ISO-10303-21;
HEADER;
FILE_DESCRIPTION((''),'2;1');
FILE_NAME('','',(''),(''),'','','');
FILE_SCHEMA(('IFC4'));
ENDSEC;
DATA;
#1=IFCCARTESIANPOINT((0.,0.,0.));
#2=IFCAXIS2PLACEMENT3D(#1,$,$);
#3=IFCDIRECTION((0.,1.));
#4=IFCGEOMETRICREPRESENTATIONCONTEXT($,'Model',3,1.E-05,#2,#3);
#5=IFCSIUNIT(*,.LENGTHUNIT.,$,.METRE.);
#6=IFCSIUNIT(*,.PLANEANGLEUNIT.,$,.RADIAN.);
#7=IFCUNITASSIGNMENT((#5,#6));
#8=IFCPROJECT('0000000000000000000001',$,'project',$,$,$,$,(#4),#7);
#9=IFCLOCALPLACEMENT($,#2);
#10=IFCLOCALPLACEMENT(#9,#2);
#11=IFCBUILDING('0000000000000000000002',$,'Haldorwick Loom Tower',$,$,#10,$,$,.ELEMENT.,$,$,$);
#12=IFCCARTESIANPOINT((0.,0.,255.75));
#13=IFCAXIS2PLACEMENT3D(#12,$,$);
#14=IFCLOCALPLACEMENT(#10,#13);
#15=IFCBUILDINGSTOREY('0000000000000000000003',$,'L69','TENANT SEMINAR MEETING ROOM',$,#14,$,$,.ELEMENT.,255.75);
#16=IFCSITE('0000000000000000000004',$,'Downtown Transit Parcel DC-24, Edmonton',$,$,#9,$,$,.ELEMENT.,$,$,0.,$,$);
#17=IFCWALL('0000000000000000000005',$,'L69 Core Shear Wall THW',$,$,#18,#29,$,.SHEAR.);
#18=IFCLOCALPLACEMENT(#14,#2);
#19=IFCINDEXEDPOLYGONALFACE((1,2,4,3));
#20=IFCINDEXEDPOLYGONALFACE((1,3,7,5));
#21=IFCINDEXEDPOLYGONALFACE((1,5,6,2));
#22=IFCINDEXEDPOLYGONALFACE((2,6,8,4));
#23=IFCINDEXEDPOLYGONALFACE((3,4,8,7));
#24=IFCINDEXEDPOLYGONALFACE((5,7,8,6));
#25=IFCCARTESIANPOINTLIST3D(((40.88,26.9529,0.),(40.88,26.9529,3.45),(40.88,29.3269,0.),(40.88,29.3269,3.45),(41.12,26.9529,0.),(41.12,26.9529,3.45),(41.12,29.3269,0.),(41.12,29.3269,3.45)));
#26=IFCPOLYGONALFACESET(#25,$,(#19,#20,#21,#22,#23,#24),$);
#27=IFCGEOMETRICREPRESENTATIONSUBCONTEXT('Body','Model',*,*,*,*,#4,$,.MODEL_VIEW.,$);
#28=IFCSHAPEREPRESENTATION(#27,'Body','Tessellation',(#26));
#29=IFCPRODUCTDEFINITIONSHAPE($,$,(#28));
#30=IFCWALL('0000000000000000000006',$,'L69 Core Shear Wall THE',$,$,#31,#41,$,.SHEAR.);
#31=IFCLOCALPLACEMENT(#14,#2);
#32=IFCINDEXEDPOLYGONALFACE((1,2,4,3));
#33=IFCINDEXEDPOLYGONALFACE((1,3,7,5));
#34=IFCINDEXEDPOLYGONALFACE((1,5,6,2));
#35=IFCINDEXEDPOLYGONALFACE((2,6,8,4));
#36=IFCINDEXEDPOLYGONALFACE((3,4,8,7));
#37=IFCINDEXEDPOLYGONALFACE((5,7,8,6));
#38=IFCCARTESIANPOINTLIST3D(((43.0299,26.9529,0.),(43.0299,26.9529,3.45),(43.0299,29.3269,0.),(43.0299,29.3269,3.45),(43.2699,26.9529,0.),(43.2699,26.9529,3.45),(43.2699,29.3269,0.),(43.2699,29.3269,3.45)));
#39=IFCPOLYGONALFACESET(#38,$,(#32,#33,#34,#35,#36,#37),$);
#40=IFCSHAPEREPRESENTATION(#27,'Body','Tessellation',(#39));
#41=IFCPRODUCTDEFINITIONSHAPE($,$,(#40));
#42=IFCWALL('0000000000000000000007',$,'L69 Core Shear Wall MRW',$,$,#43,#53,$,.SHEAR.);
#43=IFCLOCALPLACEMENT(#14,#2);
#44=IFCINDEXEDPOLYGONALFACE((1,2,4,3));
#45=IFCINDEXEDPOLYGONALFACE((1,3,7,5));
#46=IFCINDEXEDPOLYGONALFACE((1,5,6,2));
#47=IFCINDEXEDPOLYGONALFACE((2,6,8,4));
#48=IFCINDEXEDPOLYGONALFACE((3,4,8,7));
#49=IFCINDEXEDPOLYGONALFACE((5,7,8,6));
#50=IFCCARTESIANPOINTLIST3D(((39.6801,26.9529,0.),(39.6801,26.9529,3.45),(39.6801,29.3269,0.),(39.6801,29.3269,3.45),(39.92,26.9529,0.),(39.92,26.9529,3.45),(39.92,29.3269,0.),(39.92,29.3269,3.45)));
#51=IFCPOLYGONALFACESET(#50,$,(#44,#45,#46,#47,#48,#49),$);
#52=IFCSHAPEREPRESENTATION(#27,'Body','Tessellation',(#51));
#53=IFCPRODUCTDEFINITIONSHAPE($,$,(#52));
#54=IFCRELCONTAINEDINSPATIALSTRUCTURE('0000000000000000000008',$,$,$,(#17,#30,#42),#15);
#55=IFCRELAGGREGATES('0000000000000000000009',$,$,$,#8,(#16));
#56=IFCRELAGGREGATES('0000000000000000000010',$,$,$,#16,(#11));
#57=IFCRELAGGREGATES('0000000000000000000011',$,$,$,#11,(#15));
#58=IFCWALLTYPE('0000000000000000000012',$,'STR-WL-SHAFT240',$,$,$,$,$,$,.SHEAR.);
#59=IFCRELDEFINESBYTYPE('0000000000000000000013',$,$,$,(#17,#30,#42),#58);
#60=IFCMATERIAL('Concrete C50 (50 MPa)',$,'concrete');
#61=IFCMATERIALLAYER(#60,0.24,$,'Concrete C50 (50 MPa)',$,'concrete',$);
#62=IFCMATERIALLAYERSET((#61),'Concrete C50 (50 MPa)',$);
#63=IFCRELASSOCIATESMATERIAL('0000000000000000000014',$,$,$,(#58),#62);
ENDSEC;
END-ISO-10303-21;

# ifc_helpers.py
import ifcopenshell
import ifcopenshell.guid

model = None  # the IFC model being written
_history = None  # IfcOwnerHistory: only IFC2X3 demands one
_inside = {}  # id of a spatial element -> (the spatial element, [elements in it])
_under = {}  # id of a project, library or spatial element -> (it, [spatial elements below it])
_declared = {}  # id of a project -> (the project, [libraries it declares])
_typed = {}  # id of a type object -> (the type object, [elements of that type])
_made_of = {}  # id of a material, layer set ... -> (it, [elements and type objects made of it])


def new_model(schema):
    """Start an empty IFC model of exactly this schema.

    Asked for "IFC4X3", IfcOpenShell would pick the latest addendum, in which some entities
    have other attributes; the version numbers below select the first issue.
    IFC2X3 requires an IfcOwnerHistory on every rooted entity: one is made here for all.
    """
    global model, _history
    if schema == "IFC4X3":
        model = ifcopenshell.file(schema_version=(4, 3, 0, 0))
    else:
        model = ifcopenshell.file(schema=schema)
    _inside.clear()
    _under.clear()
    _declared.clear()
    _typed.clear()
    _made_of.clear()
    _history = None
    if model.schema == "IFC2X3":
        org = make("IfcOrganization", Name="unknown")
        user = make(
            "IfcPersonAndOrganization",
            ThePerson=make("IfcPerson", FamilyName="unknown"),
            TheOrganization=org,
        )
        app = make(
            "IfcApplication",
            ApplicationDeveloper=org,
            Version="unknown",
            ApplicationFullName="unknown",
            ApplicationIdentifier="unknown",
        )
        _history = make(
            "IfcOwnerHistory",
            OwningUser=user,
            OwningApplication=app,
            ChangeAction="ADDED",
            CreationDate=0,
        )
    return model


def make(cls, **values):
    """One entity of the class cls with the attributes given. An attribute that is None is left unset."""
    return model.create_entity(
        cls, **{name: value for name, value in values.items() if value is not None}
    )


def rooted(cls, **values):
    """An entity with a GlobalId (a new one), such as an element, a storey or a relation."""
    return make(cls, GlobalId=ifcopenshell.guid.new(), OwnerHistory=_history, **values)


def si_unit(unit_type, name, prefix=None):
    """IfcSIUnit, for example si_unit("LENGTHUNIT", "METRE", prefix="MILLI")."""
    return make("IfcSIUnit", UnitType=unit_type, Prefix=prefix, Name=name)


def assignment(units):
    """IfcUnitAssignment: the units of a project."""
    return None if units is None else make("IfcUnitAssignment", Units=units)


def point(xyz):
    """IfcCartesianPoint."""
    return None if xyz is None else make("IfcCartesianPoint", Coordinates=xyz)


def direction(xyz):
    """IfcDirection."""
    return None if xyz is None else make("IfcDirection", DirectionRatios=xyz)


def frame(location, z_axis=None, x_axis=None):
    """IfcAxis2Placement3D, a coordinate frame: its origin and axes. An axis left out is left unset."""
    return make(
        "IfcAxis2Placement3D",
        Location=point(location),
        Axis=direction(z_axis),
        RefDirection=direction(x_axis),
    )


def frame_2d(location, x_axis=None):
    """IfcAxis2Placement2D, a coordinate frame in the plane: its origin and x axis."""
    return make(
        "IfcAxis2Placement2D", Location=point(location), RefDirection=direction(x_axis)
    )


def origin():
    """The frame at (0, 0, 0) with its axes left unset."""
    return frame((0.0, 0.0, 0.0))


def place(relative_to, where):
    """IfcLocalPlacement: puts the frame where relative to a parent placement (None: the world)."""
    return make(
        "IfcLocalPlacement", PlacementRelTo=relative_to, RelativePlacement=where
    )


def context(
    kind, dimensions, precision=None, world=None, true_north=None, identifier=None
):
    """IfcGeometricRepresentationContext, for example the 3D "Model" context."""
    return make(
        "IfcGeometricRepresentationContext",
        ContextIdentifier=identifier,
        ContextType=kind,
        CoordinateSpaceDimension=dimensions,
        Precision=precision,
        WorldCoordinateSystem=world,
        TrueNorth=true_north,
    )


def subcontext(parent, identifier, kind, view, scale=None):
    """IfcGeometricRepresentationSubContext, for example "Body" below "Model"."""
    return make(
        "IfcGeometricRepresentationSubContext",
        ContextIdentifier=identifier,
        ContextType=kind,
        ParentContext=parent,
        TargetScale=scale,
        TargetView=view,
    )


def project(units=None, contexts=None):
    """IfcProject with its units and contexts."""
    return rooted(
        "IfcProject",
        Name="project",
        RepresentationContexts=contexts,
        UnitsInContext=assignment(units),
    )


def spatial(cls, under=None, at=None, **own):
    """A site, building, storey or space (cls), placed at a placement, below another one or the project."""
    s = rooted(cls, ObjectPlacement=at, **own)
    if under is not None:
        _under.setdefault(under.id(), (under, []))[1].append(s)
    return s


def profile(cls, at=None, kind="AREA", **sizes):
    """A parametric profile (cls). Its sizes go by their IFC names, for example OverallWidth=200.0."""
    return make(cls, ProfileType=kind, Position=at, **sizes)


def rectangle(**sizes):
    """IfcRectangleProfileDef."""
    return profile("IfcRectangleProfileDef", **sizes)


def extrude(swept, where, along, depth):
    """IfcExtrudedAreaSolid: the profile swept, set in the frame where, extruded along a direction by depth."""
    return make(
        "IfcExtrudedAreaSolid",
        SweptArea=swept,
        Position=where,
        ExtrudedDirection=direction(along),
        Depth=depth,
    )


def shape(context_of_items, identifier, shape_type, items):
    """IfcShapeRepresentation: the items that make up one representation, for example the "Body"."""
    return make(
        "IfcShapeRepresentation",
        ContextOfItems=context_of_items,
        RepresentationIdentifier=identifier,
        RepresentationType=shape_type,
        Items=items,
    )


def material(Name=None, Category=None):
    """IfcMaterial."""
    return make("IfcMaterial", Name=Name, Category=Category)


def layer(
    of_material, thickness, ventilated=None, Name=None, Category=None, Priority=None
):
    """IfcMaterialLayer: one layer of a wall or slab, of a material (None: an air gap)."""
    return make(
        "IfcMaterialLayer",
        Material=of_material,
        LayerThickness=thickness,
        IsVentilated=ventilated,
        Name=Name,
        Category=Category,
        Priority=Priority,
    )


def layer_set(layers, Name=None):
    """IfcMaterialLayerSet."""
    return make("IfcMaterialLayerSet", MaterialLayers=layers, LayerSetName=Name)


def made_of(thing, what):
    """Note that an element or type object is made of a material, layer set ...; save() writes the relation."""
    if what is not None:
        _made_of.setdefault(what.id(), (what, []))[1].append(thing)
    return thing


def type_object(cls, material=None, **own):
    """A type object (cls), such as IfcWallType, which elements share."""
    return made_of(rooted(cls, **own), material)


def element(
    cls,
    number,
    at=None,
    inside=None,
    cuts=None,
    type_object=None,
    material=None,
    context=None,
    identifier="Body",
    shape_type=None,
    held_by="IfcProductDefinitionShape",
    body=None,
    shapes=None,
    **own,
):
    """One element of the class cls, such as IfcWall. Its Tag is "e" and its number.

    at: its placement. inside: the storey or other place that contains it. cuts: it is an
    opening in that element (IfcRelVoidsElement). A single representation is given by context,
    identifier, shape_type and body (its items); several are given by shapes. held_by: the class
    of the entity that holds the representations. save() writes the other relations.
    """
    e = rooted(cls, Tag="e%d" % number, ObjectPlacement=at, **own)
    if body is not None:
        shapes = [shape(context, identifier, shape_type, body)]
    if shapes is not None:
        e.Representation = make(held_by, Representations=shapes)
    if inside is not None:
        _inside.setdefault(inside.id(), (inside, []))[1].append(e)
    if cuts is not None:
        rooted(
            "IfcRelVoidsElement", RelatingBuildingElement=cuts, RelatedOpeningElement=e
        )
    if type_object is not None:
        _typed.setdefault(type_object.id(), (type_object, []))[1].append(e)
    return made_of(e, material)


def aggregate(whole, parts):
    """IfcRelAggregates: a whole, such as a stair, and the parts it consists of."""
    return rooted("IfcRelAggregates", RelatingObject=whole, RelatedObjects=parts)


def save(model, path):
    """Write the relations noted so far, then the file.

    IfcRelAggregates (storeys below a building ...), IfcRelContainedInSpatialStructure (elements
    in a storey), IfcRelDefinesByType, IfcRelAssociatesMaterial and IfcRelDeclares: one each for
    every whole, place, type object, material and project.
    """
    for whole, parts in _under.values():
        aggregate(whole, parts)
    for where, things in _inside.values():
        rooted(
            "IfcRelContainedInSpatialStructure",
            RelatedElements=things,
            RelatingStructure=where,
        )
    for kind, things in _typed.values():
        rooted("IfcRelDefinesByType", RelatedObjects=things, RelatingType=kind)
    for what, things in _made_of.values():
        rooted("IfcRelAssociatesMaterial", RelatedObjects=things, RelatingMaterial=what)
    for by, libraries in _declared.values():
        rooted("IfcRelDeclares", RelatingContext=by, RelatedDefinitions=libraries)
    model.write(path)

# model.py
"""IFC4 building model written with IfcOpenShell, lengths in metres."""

from ifc_helpers import new_model, si_unit, direction, frame, frame_2d, origin, place, context, subcontext, project, spatial, rectangle, extrude, material, layer, layer_set, type_object, element, save


model = new_model("IFC4")

# Units and contexts
model_context = context("Model", 3, precision=1e-05, world=origin(), true_north=direction((0.0, 1.0)))
body_context = subcontext(model_context, "Body", "Model", "MODEL_VIEW")
ifc_project = project(units=[si_unit("LENGTHUNIT", "METRE"), si_unit("PLANEANGLEUNIT", "RADIAN")], contexts=[model_context])

# Site, building, storey
site_placement = place(None, origin())
site = spatial("IfcSite", under=ifc_project, at=site_placement, Name="Downtown Transit Parcel DC-24, Edmonton", CompositionType="ELEMENT", RefElevation=0.0)
building_placement = place(site_placement, origin())
building = spatial("IfcBuilding", under=site, at=building_placement, Name="Haldorwick Loom Tower", CompositionType="ELEMENT")
storey_placement = place(building_placement, frame((0.0, 0.0, 255.75)))
storey = spatial("IfcBuildingStorey", under=building, at=storey_placement, Name="L69", Description="TENANT SEMINAR MEETING ROOM", CompositionType="ELEMENT", Elevation=255.75)

# Shared definitions
ifc_material_1 = material(Name="Concrete C50 (50 MPa)", Category="concrete")

# Walls
ifc_layer_1 = layer(ifc_material_1, 0.24, Name="Concrete C50 (50 MPa)", Category="concrete")
ifc_layer_set_1 = layer_set([ifc_layer_1], Name="Concrete C50 (50 MPa)")
wall_type_1 = type_object("IfcWallType", Name="STR-WL-SHAFT240", PredefinedType="SHEAR", material=ifc_layer_set_1)
for number, where, z_axis, x_axis, name in (
    (1, (41.0, 26.9529, 0.0), (0.0, 0.0, 1.0), (0.0, 1.0, 0.0), "L69 Core Shear Wall THW"),
    (2, (43.1499, 26.9529, 0.0), (0.0, 0.0, 1.0), (0.0, 1.0, 0.0), "L69 Core Shear Wall THE"),
    (3, (39.8, 26.9529, 0.0), (0.0, 0.0, 1.0), (0.0, 1.0, 0.0), "L69 Core Shear Wall MRW"),
):
    element("IfcWall", number, at=place(storey_placement, frame(where, z_axis=z_axis, x_axis=x_axis)), inside=storey, type_object=wall_type_1, Name=name, PredefinedType="SHEAR", context=body_context, shape_type="SweptSolid", body=[
        extrude(rectangle(XDim=2.374, YDim=0.24, at=frame_2d((1.187, 0.0))), origin(), (0.0, 0.0, 1.0), 3.45),
    ])

save(model, "model.ifc")
